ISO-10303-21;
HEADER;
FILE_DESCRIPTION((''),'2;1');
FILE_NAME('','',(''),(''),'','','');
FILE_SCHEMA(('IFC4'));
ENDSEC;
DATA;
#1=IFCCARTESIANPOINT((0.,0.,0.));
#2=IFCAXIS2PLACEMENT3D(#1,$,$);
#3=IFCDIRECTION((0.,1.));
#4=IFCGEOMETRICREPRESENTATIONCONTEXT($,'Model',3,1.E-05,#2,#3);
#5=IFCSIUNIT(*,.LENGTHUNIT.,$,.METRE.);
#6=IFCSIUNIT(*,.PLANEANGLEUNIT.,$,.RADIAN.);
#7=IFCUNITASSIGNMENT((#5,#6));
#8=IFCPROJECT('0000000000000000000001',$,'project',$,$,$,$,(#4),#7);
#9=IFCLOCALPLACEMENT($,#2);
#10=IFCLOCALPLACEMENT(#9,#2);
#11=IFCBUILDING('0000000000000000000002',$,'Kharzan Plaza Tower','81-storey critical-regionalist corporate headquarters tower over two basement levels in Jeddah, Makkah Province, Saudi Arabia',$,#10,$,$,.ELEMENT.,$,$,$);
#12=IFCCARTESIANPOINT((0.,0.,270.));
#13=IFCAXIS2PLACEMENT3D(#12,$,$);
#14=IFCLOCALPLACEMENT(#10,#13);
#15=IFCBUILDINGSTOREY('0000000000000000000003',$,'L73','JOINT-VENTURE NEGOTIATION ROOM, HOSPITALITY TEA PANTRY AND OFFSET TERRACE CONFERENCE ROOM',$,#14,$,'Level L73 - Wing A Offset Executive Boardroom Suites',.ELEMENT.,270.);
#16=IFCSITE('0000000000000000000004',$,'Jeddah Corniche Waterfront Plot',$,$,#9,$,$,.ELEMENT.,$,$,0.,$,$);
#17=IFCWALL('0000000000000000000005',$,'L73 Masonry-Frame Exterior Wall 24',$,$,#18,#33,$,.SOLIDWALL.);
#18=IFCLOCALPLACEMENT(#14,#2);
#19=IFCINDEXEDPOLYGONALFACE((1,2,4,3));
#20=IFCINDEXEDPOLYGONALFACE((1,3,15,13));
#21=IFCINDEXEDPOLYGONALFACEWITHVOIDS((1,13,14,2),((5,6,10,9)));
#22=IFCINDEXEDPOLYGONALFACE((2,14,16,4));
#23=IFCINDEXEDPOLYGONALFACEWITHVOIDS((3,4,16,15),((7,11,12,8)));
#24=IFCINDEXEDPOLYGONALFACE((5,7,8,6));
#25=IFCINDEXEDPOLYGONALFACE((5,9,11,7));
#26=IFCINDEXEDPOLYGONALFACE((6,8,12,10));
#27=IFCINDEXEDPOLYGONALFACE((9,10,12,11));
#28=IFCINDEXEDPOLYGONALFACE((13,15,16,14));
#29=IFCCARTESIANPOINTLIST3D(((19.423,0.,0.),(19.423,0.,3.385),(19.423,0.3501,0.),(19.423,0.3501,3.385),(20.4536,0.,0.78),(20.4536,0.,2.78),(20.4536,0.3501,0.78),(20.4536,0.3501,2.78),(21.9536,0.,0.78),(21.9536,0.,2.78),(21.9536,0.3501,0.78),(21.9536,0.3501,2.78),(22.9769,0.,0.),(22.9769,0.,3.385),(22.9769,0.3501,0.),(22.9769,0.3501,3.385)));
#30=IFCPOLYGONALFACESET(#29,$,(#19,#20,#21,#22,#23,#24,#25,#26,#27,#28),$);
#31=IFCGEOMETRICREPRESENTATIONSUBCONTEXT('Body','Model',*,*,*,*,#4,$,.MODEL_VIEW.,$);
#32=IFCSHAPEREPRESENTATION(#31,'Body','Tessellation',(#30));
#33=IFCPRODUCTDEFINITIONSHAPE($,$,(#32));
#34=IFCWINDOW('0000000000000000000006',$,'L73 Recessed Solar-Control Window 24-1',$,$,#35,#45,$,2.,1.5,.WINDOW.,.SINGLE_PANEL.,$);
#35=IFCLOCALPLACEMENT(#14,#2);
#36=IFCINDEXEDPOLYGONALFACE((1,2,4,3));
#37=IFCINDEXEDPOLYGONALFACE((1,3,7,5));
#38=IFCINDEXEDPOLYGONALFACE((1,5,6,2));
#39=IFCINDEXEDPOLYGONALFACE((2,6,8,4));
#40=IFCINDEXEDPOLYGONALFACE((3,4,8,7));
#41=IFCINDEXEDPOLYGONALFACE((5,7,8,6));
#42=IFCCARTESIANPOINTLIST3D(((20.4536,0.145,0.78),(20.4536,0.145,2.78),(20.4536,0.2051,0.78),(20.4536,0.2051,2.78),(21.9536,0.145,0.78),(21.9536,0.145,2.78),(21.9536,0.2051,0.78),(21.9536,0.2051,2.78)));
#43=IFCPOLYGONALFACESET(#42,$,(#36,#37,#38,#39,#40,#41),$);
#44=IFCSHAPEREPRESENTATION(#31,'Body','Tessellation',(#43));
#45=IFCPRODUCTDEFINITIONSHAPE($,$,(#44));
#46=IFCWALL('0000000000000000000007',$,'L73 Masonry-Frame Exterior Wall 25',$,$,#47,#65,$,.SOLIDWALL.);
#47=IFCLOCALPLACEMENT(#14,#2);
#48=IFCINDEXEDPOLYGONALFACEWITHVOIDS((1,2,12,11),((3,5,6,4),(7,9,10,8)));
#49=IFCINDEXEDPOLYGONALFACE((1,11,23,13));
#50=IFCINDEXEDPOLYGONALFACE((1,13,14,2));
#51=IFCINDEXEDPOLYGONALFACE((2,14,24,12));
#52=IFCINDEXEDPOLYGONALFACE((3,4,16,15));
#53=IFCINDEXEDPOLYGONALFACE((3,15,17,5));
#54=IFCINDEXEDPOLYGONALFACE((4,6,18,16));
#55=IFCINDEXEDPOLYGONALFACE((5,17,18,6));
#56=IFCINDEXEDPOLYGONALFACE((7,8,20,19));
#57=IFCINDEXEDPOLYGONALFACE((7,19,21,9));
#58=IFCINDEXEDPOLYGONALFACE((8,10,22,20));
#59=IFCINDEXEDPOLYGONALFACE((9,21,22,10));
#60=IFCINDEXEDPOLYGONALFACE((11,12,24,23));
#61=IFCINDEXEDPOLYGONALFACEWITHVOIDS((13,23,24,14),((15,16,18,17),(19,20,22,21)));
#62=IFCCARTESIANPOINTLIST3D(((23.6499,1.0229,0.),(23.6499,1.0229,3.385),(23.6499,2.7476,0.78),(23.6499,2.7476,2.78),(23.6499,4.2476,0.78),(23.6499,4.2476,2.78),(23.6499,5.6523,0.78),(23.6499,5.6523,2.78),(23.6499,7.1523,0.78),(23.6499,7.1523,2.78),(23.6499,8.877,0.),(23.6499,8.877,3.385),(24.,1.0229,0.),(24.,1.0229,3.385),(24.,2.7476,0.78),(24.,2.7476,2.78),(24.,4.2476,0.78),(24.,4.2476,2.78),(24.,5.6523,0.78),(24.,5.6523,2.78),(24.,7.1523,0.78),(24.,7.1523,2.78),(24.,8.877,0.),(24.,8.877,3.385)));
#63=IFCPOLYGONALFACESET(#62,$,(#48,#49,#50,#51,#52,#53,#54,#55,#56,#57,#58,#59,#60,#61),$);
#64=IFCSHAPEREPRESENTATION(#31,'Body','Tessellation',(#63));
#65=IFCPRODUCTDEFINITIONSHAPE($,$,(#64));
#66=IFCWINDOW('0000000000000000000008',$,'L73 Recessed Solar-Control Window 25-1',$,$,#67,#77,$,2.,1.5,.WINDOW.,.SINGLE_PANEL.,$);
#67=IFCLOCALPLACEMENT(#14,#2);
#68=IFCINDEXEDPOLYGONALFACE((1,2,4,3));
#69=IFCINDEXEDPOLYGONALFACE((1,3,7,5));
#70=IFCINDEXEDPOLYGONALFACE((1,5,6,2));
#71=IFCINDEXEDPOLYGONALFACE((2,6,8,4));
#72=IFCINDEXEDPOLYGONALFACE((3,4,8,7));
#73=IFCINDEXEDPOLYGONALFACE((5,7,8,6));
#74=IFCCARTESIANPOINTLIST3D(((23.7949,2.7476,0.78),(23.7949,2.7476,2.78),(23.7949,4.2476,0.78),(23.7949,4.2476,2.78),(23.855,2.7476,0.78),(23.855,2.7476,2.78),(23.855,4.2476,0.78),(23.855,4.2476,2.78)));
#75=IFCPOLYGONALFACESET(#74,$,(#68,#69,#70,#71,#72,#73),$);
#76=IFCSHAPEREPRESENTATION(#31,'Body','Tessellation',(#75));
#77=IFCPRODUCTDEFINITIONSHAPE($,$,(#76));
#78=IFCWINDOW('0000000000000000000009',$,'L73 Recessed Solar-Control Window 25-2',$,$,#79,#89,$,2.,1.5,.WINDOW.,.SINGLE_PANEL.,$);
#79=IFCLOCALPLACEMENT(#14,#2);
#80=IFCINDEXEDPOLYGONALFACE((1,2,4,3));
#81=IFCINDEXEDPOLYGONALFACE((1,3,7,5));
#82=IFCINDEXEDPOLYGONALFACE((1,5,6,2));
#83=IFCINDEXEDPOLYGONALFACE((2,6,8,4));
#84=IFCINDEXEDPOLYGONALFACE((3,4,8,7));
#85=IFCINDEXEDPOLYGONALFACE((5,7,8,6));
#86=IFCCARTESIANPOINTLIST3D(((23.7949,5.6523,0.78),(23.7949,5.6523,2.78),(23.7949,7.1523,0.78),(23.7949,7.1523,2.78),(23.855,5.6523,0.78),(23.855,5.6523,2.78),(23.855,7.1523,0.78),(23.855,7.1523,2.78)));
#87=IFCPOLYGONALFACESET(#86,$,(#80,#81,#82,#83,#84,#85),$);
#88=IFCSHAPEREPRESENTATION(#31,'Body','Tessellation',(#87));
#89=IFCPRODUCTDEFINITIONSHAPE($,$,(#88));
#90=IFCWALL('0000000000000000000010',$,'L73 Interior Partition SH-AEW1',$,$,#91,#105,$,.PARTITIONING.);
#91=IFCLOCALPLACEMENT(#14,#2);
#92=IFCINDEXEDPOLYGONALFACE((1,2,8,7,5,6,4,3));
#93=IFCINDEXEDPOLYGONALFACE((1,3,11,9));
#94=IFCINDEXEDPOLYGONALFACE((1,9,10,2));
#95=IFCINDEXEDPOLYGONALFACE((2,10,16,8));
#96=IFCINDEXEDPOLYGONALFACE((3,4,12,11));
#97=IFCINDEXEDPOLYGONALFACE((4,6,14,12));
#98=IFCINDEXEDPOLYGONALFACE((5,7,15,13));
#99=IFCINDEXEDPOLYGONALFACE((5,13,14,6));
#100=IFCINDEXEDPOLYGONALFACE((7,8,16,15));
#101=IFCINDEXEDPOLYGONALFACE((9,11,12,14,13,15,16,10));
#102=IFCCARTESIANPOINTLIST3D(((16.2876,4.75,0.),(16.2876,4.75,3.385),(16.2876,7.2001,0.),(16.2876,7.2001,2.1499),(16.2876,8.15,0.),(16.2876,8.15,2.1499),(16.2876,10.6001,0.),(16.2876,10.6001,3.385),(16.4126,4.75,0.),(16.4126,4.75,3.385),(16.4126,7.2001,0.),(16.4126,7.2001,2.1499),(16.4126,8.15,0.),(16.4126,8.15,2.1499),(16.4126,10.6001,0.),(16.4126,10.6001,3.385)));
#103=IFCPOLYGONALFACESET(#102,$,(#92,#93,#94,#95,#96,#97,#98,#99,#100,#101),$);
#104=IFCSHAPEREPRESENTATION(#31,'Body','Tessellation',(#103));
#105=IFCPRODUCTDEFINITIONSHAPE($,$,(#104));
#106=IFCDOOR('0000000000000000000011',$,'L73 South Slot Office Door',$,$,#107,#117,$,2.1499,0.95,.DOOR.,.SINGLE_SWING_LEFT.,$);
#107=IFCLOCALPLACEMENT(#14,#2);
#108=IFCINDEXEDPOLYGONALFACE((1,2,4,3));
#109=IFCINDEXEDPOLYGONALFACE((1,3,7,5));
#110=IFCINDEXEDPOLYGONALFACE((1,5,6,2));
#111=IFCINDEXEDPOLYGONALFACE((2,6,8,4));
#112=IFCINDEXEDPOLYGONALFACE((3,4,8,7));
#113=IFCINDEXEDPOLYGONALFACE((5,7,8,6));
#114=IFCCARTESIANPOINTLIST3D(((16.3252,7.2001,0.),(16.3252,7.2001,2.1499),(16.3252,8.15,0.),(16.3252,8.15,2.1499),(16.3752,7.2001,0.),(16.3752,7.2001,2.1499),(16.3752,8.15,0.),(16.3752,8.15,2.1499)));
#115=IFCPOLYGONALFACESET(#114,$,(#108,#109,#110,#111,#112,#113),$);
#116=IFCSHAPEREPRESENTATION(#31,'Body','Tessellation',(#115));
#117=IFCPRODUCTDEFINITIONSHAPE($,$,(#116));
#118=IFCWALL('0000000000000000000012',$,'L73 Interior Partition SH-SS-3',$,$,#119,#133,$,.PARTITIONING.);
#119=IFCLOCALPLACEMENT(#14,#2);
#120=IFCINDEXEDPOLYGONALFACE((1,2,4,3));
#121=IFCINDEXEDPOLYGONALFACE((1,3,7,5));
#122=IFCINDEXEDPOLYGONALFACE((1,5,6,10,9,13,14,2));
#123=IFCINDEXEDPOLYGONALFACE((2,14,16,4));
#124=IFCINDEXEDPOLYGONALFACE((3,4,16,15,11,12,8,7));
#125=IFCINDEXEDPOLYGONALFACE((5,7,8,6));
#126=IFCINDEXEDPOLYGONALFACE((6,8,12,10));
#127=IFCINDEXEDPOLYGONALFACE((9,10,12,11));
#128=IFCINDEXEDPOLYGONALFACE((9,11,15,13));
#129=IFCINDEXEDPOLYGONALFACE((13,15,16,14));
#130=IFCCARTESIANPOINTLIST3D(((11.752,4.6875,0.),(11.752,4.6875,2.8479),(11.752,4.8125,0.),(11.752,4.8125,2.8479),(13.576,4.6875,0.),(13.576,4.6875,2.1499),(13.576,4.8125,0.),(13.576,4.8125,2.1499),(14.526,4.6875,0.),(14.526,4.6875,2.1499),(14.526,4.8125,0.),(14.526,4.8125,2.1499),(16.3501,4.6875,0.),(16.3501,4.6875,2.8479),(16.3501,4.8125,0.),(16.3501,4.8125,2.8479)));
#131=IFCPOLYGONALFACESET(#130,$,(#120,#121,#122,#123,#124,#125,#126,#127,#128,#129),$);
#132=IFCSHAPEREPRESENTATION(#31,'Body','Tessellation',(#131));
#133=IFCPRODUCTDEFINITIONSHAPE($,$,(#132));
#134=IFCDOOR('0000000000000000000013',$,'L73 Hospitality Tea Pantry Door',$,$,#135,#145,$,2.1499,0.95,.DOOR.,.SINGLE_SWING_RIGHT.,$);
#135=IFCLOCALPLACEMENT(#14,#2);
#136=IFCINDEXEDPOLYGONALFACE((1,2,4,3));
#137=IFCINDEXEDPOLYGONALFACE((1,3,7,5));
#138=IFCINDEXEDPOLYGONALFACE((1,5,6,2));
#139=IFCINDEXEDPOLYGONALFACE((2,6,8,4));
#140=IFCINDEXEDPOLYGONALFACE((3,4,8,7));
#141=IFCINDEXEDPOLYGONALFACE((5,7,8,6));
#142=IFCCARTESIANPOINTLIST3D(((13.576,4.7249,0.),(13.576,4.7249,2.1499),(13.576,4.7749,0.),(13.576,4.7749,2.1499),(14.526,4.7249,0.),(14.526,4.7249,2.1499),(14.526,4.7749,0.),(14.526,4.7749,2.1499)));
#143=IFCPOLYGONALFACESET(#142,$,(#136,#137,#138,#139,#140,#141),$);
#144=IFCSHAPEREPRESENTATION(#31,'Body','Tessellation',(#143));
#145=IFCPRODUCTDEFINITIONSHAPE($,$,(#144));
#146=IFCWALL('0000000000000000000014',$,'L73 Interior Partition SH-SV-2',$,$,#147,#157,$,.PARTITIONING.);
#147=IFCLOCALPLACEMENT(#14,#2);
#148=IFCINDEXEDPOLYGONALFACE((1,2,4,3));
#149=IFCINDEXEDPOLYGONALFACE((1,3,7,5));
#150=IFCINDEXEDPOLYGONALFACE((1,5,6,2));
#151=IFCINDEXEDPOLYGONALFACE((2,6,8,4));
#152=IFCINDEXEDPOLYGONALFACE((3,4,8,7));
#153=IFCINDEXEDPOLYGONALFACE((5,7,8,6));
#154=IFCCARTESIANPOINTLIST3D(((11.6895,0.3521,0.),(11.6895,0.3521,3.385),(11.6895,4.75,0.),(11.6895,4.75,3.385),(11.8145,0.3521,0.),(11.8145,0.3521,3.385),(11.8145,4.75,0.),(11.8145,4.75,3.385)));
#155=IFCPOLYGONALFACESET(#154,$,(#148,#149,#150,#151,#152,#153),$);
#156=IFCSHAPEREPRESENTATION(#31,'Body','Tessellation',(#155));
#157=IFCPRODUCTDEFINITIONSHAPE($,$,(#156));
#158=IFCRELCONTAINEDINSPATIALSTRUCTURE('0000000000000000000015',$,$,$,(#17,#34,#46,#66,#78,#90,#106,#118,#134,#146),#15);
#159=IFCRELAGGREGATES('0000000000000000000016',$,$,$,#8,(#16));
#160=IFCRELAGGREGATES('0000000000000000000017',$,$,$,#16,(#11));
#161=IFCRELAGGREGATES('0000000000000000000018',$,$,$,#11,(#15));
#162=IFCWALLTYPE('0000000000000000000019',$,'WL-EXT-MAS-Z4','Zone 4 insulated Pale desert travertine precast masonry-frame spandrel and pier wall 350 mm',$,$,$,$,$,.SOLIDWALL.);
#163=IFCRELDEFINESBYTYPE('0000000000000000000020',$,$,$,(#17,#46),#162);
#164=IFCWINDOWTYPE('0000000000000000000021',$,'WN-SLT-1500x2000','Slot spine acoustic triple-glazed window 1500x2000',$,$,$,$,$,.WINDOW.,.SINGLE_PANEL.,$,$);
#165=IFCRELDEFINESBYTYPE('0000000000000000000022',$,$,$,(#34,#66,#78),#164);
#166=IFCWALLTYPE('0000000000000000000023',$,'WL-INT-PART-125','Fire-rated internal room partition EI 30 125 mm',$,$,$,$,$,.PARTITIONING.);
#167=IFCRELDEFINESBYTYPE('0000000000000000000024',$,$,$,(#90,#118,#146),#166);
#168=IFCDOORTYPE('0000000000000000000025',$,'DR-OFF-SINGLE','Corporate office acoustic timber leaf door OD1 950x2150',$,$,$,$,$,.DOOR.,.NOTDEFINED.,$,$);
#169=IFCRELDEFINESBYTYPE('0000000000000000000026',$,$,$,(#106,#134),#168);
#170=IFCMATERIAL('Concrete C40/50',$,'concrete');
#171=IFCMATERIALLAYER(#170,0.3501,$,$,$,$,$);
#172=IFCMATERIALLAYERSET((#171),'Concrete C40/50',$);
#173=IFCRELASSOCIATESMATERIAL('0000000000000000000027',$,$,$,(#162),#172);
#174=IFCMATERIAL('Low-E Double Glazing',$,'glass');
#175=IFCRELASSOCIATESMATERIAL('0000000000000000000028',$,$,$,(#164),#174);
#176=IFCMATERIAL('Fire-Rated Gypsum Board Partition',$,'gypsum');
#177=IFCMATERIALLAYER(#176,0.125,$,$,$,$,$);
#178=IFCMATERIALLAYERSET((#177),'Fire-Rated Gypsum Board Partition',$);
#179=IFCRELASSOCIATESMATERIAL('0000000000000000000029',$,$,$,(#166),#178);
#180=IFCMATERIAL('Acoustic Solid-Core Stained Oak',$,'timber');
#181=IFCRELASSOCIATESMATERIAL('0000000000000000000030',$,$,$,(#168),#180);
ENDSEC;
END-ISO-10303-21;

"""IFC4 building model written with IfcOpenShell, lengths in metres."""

from ifc_helpers import new_model, si_unit, direction, frame, frame_2d, origin, place, context, subcontext, project, spatial, rectangle, extrude, source, transform, mapped, material, layer, layer_set, type_object, element, fill, save


model = new_model("IFC4")

# Units and contexts
model_context = context("Model", 3, precision=1e-05, world=origin(), true_north=direction((0.0, 1.0)))
body_context = subcontext(model_context, "Body", "Model", "MODEL_VIEW")
ifc_project = project(units=[si_unit("LENGTHUNIT", "METRE"), si_unit("PLANEANGLEUNIT", "RADIAN")], contexts=[model_context])

# Site, building, storey
site_placement = place(None, origin())
site = spatial("IfcSite", under=ifc_project, at=site_placement, Name="Jeddah Corniche Waterfront Plot", CompositionType="ELEMENT", RefElevation=0.0)
building_placement = place(site_placement, origin())
building = spatial("IfcBuilding", under=site, at=building_placement, Name="Kharzan Plaza Tower", Description="81-storey critical-regionalist corporate headquarters tower over two basement levels in Jeddah, Makkah Province, Saudi Arabia", CompositionType="ELEMENT")
storey_placement = place(building_placement, frame((0.0, 0.0, 270.0)))
storey = spatial("IfcBuildingStorey", under=building, at=storey_placement, Name="L73", Description="JOINT-VENTURE NEGOTIATION ROOM, HOSPITALITY TEA PANTRY AND OFFSET TERRACE CONFERENCE ROOM", LongName="Level L73 - Wing A Offset Executive Boardroom Suites", CompositionType="ELEMENT", Elevation=270.0)

# Wall, opening, window
ifc_material_1 = material(Name="Concrete C40/50", Category="concrete")
ifc_layer_1 = layer(ifc_material_1, 0.3501)
ifc_layer_set_1 = layer_set([ifc_layer_1], Name="Concrete C40/50")
wall_type_1 = type_object("IfcWallType", Name="WL-EXT-MAS-Z4", Description="Zone 4 insulated Pale desert travertine precast masonry-frame spandrel and pier wall 350 mm", PredefinedType="SOLIDWALL", material=ifc_layer_set_1)
ifc_material_2 = material(Name="Low-E Double Glazing", Category="glass")
wall_1_placement = place(storey_placement, frame((19.4231, 0.175, 0.0), z_axis=(0.0, 0.0, 1.0), x_axis=(1.0, 0.0, 0.0)))
wall_1 = element("IfcWall", 1, at=wall_1_placement, inside=storey, type_object=wall_type_1, Name="L73 Masonry-Frame Exterior Wall 24", PredefinedType="SOLIDWALL", context=body_context, shape_type="SweptSolid", body=[
    extrude(rectangle(XDim=3.554, YDim=0.3501, at=frame_2d((1.7769, 0.0))), origin(), (0.0, 0.0, 1.0), 3.385),
])
opening_1_placement = place(wall_1_placement, frame((1.0305, 0.0, 0.78)))
opening_1 = element("IfcOpeningElement", 2, at=opening_1_placement, cuts=wall_1, PredefinedType="OPENING", context=body_context, shape_type="SweptSolid", body=[
    extrude(rectangle(XDim=1.5, YDim=2.0, at=frame_2d((0.75, 1.0))), frame((0.0, 0.1851, 0.0), z_axis=(0.0, -1.0, 0.0), x_axis=(1.0, 0.0, 0.0)), (0.0, 0.0, 1.0), 0.3701),
])
window_type_1 = type_object("IfcWindowType", Name="WN-SLT-1500x2000", Description="Slot spine acoustic triple-glazed window 1500x2000", PartitioningType="SINGLE_PANEL", PredefinedType="WINDOW", material=ifc_material_2)
shared_shape_1 = source(origin(), body_context, "Body", "SweptSolid", [
    extrude(rectangle(XDim=1.5, YDim=2.0, at=frame_2d((0.75, 1.0))), frame((0.0, 0.03, 0.0), z_axis=(0.0, -1.0, 0.0), x_axis=(1.0, 0.0, 0.0)), (0.0, 0.0, 1.0), 0.0601),
])
window_1_placement = place(opening_1_placement, origin())
window_1 = element("IfcWindow", 3, at=window_1_placement, inside=storey, type_object=window_type_1, Name="L73 Recessed Solar-Control Window 24-1", OverallHeight=2.0, OverallWidth=1.5, PartitioningType="SINGLE_PANEL", PredefinedType="WINDOW", context=body_context, shape_type="MappedRepresentation", body=[
    mapped(shared_shape_1, transform((0.0, 0.0, 0.0), x_axis=(1.0, 0.0, 0.0), y_axis=(0.0, 1.0, 0.0), z_axis=(0.0, 0.0, 1.0))),
])
fill(opening_1, window_1)

# Wall, openings, windows
wall_2_placement = place(storey_placement, frame((23.825, 1.0229, 0.0), z_axis=(0.0, 0.0, 1.0), x_axis=(0.0, 1.0, 0.0)))
wall_2 = element("IfcWall", 4, at=wall_2_placement, inside=storey, type_object=wall_type_1, Name="L73 Masonry-Frame Exterior Wall 25", PredefinedType="SOLIDWALL", context=body_context, shape_type="SweptSolid", body=[
    extrude(rectangle(XDim=7.854, YDim=0.3501, at=frame_2d((3.927, 0.0))), origin(), (0.0, 0.0, 1.0), 3.385),
])
opening_2_placement = place(wall_2_placement, frame((1.7246, 0.0, 0.78)))
opening_2 = element("IfcOpeningElement", 5, at=opening_2_placement, cuts=wall_2, PredefinedType="OPENING", context=body_context, shape_type="SweptSolid", body=[
    extrude(rectangle(XDim=1.5, YDim=2.0, at=frame_2d((0.75, 1.0))), frame((0.0, 0.1851, 0.0), z_axis=(0.0, -1.0, 0.0), x_axis=(1.0, 0.0, 0.0)), (0.0, 0.0, 1.0), 0.3701),
])
opening_3_placement = place(wall_2_placement, frame((4.6294, 0.0, 0.78)))
opening_3 = element("IfcOpeningElement", 6, at=opening_3_placement, cuts=wall_2, PredefinedType="OPENING", context=body_context, shape_type="SweptSolid", body=[
    extrude(rectangle(XDim=1.5, YDim=2.0, at=frame_2d((0.75, 1.0))), frame((0.0, 0.1851, 0.0), z_axis=(0.0, -1.0, 0.0), x_axis=(1.0, 0.0, 0.0)), (0.0, 0.0, 1.0), 0.3701),
])
window_2_placement = place(opening_2_placement, origin())
window_2 = element("IfcWindow", 7, at=window_2_placement, inside=storey, type_object=window_type_1, Name="L73 Recessed Solar-Control Window 25-1", OverallHeight=2.0, OverallWidth=1.5, PartitioningType="SINGLE_PANEL", PredefinedType="WINDOW", context=body_context, shape_type="MappedRepresentation", body=[
    mapped(shared_shape_1, transform((0.0, 0.0, 0.0), x_axis=(1.0, 0.0, 0.0), y_axis=(0.0, 1.0, 0.0), z_axis=(0.0, 0.0, 1.0))),
])
fill(opening_2, window_2)
window_3_placement = place(opening_3_placement, origin())
window_3 = element("IfcWindow", 8, at=window_3_placement, inside=storey, type_object=window_type_1, Name="L73 Recessed Solar-Control Window 25-2", OverallHeight=2.0, OverallWidth=1.5, PartitioningType="SINGLE_PANEL", PredefinedType="WINDOW", context=body_context, shape_type="MappedRepresentation", body=[
    mapped(shared_shape_1, transform((0.0, 0.0, 0.0), x_axis=(1.0, 0.0, 0.0), y_axis=(0.0, 1.0, 0.0), z_axis=(0.0, 0.0, 1.0))),
])
fill(opening_3, window_3)

# Walls, openings, doors
ifc_material_3 = material(Name="Fire-Rated Gypsum Board Partition", Category="gypsum")
ifc_layer_2 = layer(ifc_material_3, 0.125)
ifc_layer_set_2 = layer_set([ifc_layer_2], Name="Fire-Rated Gypsum Board Partition")
wall_type_2 = type_object("IfcWallType", Name="WL-INT-PART-125", Description="Fire-rated internal room partition EI 30 125 mm", PredefinedType="PARTITIONING", material=ifc_layer_set_2)
wall_3_placement = place(storey_placement, frame((16.3501, 4.75, 0.0), z_axis=(0.0, 0.0, 1.0), x_axis=(0.0, 1.0, 0.0)))
wall_3 = element("IfcWall", 9, at=wall_3_placement, inside=storey, type_object=wall_type_2, Name="L73 Interior Partition SH-AEW1", PredefinedType="PARTITIONING", context=body_context, shape_type="SweptSolid", body=[
    extrude(rectangle(XDim=5.8501, YDim=0.125, at=frame_2d((2.925, 0.0))), origin(), (0.0, 0.0, 1.0), 3.385),
])
opening_4_placement = place(wall_3_placement, frame((2.45, 0.0, 0.0)))
opening_4 = element("IfcOpeningElement", 10, at=opening_4_placement, cuts=wall_3, PredefinedType="OPENING", context=body_context, shape_type="SweptSolid", body=[
    extrude(rectangle(XDim=0.95, YDim=2.1499, at=frame_2d((0.4751, 1.075))), frame((0.0, 0.0725, 0.0), z_axis=(0.0, -1.0, 0.0), x_axis=(1.0, 0.0, 0.0)), (0.0, 0.0, 1.0), 0.145),
])
ifc_material_4 = material(Name="Acoustic Solid-Core Stained Oak", Category="timber")
door_type = type_object("IfcDoorType", Name="DR-OFF-SINGLE", Description="Corporate office acoustic timber leaf door OD1 950x2150", OperationType="NOTDEFINED", PredefinedType="DOOR", material=ifc_material_4)
shared_shape_2 = source(origin(), body_context, "Body", "SweptSolid", [
    extrude(rectangle(XDim=0.95, YDim=2.1499, at=frame_2d((0.4751, 1.075))), frame((0.0, 0.0249, 0.0), z_axis=(0.0, -1.0, 0.0), x_axis=(1.0, 0.0, 0.0)), (0.0, 0.0, 1.0), 0.05),
])
door_1_placement = place(opening_4_placement, origin())
door_1 = element("IfcDoor", 11, at=door_1_placement, inside=storey, type_object=door_type, Name="L73 South Slot Office Door", OperationType="SINGLE_SWING_LEFT", OverallHeight=2.1499, OverallWidth=0.95, PredefinedType="DOOR", context=body_context, shape_type="MappedRepresentation", body=[
    mapped(shared_shape_2, transform((0.0, 0.0, 0.0), x_axis=(1.0, 0.0, 0.0), y_axis=(0.0, 1.0, 0.0), z_axis=(0.0, 0.0, 1.0))),
])
fill(opening_4, door_1)
wall_4_placement = place(storey_placement, frame((11.752, 4.75, 0.0), z_axis=(0.0, 0.0, 1.0), x_axis=(1.0, 0.0, 0.0)))
wall_4 = element("IfcWall", 12, at=wall_4_placement, inside=storey, type_object=wall_type_2, Name="L73 Interior Partition SH-SS-3", PredefinedType="PARTITIONING", context=body_context, shape_type="SweptSolid", body=[
    extrude(rectangle(XDim=4.5981, YDim=0.125, at=frame_2d((2.2991, 0.0))), origin(), (0.0, 0.0, 1.0), 2.8479),
])
opening_5_placement = place(wall_4_placement, frame((1.824, 0.0, 0.0)))
opening_5 = element("IfcOpeningElement", 13, at=opening_5_placement, cuts=wall_4, PredefinedType="OPENING", context=body_context, shape_type="SweptSolid", body=[
    extrude(rectangle(XDim=0.95, YDim=2.1499, at=frame_2d((0.4751, 1.075))), frame((0.0, 0.0725, 0.0), z_axis=(0.0, -1.0, 0.0), x_axis=(1.0, 0.0, 0.0)), (0.0, 0.0, 1.0), 0.145),
])
door_2_placement = place(opening_5_placement, origin())
door_2 = element("IfcDoor", 14, at=door_2_placement, inside=storey, type_object=door_type, Name="L73 Hospitality Tea Pantry Door", OperationType="SINGLE_SWING_RIGHT", OverallHeight=2.1499, OverallWidth=0.95, PredefinedType="DOOR", context=body_context, shape_type="MappedRepresentation", body=[
    mapped(shared_shape_2, transform((0.0, 0.0, 0.0), x_axis=(1.0, 0.0, 0.0), y_axis=(0.0, 1.0, 0.0), z_axis=(0.0, 0.0, 1.0))),
])
fill(opening_5, door_2)

# Wall
shared_shape_3 = source(origin(), body_context, "Body", "SweptSolid", [
    extrude(rectangle(XDim=4.3979, YDim=0.125, at=frame_2d((2.199, 0.0))), origin(), (0.0, 0.0, 1.0), 3.385),
])
wall_5_placement = place(storey_placement, frame((11.752, 0.3521, 0.0), z_axis=(0.0, 0.0, 1.0), x_axis=(0.0, 1.0, 0.0)))
element("IfcWall", 15, at=wall_5_placement, inside=storey, type_object=wall_type_2, Name="L73 Interior Partition SH-SV-2", PredefinedType="PARTITIONING", context=body_context, shape_type="MappedRepresentation", body=[
    mapped(shared_shape_3, transform((0.0, 0.0, 0.0), x_axis=(1.0, 0.0, 0.0), y_axis=(0.0, 1.0, 0.0), z_axis=(0.0, 0.0, 1.0))),
])

save(model, "model.ifc")
